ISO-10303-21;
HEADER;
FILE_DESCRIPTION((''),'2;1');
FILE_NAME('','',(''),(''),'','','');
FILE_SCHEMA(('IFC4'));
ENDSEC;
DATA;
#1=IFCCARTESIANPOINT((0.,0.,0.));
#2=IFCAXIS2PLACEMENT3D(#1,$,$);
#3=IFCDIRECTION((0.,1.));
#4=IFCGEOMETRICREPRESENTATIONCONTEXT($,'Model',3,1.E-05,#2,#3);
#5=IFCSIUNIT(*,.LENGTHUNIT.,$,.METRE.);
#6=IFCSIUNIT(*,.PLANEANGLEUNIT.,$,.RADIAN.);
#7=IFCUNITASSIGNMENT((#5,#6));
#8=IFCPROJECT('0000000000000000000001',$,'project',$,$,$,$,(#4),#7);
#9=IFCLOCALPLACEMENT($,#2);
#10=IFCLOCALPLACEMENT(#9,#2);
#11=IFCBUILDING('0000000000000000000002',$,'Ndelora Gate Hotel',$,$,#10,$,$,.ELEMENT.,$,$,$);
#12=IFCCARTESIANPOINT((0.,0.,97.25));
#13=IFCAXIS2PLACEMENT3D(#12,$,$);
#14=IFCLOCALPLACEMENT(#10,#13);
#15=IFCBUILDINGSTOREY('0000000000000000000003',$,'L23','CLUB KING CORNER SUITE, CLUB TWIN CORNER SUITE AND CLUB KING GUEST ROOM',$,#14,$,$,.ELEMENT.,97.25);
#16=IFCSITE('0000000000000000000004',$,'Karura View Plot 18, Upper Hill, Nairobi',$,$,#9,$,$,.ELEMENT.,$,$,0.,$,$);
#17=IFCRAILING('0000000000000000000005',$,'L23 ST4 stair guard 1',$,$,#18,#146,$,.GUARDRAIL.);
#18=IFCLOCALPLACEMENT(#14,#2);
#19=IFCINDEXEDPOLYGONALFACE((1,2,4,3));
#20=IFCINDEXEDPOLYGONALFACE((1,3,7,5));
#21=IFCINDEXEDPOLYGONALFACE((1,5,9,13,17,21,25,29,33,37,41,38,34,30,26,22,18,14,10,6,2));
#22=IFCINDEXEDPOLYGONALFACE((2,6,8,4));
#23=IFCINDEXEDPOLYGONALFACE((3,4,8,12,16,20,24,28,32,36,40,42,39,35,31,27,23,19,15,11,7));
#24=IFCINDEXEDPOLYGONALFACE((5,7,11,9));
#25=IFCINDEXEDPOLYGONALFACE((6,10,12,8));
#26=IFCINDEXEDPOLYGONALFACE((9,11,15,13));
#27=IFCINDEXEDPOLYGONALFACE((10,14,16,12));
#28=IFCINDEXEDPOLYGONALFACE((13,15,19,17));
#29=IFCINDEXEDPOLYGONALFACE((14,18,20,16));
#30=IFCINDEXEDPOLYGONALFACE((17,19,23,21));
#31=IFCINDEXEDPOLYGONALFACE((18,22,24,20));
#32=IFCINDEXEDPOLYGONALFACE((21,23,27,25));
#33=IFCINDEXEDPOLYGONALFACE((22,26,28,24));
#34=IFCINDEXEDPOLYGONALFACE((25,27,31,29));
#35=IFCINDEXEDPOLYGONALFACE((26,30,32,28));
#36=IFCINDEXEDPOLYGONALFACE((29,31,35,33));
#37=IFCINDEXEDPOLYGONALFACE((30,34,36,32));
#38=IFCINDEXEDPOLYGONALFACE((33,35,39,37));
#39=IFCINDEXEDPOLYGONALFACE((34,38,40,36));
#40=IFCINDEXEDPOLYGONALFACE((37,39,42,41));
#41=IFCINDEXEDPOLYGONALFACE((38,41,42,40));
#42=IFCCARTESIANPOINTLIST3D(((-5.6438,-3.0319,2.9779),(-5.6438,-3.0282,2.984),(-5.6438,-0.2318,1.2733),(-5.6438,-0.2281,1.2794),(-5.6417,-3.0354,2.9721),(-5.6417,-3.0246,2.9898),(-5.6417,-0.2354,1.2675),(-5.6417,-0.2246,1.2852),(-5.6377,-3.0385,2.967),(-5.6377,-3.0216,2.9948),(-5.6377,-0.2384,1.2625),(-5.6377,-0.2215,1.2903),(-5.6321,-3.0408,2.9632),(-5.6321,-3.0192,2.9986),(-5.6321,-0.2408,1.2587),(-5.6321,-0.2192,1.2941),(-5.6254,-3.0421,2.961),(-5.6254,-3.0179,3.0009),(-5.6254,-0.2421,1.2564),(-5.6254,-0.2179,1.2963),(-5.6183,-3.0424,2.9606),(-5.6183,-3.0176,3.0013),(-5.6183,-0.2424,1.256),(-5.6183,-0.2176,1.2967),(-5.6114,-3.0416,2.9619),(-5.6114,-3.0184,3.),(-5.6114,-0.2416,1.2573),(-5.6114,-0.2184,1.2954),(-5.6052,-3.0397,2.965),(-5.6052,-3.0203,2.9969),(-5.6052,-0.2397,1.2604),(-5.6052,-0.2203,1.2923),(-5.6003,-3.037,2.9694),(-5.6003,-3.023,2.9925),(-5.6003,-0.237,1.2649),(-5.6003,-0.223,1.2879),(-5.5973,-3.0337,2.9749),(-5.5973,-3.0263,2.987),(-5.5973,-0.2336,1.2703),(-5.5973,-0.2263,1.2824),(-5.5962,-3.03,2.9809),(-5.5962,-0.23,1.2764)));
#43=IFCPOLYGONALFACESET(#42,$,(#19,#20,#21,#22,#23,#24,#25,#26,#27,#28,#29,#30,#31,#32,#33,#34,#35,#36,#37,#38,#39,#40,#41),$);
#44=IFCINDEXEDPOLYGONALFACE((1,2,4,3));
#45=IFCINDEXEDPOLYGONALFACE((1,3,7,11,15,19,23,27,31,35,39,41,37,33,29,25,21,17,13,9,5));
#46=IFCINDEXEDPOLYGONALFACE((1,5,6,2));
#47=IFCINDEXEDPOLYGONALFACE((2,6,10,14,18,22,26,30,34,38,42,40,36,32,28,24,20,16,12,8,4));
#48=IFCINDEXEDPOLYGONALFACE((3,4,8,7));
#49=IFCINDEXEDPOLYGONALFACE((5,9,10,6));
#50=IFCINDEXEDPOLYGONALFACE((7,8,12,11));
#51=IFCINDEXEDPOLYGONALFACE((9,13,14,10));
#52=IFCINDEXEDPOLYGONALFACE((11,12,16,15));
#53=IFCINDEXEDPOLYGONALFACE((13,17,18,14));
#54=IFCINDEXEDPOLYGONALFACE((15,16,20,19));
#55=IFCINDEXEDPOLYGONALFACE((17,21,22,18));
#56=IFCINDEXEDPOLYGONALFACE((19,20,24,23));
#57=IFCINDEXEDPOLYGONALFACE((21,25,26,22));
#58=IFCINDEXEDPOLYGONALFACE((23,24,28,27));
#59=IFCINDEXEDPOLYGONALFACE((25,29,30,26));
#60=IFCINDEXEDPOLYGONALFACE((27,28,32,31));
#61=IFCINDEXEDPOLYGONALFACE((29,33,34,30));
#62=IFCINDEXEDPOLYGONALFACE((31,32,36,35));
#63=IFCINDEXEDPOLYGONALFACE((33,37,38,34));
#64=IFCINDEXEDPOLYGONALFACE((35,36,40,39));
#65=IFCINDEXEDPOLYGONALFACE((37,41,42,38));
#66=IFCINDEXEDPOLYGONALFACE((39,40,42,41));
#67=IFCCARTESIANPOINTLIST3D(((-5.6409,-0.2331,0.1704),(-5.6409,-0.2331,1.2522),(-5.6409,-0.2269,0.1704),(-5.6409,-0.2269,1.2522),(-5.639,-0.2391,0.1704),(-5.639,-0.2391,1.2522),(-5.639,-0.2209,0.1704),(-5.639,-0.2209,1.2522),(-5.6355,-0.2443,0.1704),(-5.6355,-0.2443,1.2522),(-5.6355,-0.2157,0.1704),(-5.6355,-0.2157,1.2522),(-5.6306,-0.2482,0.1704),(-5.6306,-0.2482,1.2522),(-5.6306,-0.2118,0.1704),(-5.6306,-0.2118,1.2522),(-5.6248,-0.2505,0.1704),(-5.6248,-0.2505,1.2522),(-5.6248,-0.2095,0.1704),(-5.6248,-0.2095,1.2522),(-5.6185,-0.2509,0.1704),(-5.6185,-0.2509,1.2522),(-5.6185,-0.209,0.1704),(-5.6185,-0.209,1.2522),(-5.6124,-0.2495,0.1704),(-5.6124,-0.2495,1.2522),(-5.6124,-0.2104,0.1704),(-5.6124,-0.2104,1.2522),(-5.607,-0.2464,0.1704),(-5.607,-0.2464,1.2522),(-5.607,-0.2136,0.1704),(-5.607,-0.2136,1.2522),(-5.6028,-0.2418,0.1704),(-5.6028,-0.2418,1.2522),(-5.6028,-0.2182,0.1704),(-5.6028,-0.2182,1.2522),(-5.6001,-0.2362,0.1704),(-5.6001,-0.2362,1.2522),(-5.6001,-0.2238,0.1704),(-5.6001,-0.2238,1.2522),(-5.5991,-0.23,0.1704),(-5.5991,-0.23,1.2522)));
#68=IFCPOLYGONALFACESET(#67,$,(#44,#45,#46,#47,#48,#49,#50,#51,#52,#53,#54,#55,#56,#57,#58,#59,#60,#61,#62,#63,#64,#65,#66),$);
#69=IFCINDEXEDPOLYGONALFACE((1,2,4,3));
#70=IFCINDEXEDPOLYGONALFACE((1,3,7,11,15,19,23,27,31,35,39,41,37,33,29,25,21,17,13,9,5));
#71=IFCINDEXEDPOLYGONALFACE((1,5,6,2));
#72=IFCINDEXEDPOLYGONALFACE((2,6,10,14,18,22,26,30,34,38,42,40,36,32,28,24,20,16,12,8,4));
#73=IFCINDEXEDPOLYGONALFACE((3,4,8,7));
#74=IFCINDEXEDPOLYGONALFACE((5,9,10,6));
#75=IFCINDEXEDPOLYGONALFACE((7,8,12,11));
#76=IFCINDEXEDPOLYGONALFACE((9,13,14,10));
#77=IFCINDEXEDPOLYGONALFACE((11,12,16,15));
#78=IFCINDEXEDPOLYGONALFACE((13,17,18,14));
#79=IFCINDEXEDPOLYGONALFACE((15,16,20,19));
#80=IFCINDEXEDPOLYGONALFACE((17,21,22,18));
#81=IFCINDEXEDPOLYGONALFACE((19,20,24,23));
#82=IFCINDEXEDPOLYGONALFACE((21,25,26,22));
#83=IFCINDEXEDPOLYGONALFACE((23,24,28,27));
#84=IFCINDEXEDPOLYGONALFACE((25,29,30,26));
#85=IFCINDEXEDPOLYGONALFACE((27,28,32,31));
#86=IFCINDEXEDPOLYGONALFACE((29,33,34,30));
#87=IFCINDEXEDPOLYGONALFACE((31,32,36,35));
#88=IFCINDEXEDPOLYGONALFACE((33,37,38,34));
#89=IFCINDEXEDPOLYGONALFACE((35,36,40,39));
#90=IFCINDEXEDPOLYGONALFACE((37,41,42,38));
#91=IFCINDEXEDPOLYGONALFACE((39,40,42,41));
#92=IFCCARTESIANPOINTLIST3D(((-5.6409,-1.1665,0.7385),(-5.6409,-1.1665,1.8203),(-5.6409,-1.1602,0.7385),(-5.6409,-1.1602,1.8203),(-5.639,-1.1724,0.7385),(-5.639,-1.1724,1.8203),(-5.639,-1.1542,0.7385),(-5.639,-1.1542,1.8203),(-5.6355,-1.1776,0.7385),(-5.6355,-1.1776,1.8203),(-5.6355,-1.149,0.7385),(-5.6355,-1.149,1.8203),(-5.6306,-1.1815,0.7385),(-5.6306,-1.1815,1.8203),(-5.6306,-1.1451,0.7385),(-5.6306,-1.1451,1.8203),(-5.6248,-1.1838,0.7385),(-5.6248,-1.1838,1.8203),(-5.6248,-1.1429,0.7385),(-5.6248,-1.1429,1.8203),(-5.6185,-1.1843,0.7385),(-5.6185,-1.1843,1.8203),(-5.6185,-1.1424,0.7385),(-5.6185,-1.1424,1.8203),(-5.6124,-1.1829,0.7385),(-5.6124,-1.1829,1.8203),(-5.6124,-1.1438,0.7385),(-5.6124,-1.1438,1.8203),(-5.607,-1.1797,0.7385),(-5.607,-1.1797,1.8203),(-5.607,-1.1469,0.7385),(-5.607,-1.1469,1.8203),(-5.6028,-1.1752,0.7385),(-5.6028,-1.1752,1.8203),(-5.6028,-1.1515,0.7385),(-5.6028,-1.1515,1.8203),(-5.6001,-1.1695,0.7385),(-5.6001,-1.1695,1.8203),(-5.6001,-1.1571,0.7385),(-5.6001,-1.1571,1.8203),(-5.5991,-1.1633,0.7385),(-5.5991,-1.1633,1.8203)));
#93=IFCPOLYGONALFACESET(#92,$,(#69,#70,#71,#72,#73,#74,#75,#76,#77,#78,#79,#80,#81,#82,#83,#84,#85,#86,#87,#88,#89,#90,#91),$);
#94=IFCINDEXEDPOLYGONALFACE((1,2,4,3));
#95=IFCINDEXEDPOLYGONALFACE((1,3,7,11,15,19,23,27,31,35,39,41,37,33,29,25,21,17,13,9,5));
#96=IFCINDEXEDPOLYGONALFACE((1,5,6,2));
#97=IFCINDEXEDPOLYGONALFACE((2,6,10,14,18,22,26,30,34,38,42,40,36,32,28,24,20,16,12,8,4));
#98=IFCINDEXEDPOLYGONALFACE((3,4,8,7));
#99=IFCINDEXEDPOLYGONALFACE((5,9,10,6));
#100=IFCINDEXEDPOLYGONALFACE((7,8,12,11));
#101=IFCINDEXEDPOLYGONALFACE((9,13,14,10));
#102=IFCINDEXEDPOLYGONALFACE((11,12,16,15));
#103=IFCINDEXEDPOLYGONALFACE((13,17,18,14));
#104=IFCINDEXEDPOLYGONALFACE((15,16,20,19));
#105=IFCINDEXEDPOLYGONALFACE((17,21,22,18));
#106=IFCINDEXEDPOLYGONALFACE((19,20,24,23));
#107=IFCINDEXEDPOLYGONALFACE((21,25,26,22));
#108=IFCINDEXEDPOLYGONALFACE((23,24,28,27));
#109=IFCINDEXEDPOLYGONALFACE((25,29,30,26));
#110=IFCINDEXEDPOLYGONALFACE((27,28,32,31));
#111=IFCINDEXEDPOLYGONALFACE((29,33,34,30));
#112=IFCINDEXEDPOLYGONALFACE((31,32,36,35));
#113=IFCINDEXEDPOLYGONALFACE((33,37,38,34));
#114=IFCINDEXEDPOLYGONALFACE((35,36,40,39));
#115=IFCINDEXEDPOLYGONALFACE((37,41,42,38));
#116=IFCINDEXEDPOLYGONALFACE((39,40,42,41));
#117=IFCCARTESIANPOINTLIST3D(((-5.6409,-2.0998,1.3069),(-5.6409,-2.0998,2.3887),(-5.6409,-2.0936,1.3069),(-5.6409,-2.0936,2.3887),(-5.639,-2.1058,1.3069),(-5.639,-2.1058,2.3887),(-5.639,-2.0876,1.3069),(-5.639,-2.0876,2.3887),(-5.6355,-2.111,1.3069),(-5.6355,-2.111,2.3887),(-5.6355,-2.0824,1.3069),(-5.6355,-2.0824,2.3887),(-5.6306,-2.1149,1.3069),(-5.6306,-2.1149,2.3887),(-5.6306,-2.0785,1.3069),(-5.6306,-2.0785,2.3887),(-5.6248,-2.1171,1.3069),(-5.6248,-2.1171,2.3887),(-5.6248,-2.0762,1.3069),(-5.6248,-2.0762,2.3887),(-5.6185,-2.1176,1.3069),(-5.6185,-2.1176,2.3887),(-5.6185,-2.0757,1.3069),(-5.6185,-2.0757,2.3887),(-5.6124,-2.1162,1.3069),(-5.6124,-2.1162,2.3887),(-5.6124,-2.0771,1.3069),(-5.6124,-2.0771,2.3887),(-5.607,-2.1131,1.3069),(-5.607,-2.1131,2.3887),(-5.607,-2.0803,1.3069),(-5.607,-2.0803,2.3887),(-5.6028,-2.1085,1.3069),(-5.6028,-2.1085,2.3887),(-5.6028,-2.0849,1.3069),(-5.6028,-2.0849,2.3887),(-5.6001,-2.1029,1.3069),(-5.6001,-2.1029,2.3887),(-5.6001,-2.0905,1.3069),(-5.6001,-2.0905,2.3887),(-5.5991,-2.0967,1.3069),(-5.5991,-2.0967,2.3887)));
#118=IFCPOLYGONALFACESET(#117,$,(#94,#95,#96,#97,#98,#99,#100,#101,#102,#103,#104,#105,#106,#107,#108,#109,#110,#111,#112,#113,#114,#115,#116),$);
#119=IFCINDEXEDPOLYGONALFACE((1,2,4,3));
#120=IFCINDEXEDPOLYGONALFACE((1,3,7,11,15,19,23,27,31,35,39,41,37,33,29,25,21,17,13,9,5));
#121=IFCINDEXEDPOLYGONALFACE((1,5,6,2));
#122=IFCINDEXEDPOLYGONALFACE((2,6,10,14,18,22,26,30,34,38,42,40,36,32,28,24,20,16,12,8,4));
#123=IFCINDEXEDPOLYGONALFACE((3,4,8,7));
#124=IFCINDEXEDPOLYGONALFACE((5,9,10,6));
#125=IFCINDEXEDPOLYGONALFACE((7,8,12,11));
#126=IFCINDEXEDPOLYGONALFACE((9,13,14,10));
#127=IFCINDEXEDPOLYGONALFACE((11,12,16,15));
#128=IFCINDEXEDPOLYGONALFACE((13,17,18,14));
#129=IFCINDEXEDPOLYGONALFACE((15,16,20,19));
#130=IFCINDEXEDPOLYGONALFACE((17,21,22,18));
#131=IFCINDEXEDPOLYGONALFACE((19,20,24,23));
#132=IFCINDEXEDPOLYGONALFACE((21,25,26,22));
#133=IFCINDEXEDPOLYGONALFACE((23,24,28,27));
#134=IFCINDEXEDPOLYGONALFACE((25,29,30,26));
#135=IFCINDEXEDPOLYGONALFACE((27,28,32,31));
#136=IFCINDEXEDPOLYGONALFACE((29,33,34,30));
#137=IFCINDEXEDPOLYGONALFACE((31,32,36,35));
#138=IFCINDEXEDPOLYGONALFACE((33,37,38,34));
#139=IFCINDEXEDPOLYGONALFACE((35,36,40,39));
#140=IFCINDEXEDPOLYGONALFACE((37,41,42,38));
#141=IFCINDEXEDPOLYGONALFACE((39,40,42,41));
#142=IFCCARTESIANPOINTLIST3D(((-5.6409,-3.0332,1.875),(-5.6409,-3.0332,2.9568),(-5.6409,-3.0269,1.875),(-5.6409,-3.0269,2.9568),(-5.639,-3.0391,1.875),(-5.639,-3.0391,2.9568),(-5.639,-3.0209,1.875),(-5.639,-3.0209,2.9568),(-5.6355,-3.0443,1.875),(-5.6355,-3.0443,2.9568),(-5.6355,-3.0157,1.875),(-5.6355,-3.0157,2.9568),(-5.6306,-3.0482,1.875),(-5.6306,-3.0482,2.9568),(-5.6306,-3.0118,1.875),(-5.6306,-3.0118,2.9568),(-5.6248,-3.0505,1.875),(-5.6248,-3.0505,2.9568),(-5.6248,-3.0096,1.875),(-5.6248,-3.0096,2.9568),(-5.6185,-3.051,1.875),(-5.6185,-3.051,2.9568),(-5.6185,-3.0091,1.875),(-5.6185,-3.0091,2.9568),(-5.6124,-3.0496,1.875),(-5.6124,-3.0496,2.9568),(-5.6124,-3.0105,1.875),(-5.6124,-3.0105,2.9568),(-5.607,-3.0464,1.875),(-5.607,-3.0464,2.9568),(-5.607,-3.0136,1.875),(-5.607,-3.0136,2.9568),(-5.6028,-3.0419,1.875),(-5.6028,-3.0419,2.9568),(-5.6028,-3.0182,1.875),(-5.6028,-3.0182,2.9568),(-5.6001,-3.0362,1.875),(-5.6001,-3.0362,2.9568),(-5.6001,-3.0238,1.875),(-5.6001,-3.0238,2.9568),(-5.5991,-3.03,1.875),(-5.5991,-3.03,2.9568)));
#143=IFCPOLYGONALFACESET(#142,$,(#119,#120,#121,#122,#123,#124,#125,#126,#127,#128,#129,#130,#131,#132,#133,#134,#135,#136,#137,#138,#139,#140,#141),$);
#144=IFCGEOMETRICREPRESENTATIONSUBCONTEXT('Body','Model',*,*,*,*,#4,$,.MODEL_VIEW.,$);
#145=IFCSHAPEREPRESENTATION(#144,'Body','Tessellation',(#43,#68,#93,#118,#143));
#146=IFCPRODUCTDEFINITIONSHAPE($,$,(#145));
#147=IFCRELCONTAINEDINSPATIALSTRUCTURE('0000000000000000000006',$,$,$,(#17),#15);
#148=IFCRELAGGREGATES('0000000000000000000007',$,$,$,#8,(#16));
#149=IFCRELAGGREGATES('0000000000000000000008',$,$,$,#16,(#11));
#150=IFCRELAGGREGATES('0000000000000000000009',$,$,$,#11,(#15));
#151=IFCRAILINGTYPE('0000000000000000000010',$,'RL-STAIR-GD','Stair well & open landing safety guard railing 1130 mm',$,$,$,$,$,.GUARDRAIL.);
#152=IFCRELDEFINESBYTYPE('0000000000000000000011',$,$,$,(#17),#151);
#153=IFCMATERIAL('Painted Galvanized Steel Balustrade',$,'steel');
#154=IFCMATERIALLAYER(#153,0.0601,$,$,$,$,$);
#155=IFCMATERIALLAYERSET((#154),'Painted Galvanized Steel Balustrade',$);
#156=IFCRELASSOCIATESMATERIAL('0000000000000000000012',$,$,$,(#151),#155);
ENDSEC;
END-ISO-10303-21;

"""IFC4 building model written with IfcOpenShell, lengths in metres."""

from ifc_helpers import new_model, si_unit, direction, frame, origin, origin_2d, place, context, subcontext, project, spatial, circle, extrude, material, layer, layer_set, type_object, element, save


model = new_model("IFC4")

# Units and contexts
model_context = context("Model", 3, precision=1e-05, world=origin(), true_north=direction((0.0, 1.0)))
body_context = subcontext(model_context, "Body", "Model", "MODEL_VIEW")
ifc_project = project(units=[si_unit("LENGTHUNIT", "METRE"), si_unit("PLANEANGLEUNIT", "RADIAN")], contexts=[model_context])

# Site, building, storey
site_placement = place(None, origin())
site = spatial("IfcSite", under=ifc_project, at=site_placement, Name="Karura View Plot 18, Upper Hill, Nairobi", CompositionType="ELEMENT", RefElevation=0.0)
building_placement = place(site_placement, origin())
building = spatial("IfcBuilding", under=site, at=building_placement, Name="Ndelora Gate Hotel", CompositionType="ELEMENT")
storey_placement = place(building_placement, frame((0.0, 0.0, 97.25)))
storey = spatial("IfcBuildingStorey", under=building, at=storey_placement, Name="L23", Description="CLUB KING CORNER SUITE, CLUB TWIN CORNER SUITE AND CLUB KING GUEST ROOM", CompositionType="ELEMENT", Elevation=97.25)

# Railing
ifc_material_1 = material(Name="Painted Galvanized Steel Balustrade", Category="steel")
ifc_layer_1 = layer(ifc_material_1, 0.0601)
ifc_layer_set_1 = layer_set([ifc_layer_1], Name="Painted Galvanized Steel Balustrade")
railing_type_1 = type_object("IfcRailingType", Name="RL-STAIR-GD", Description="Stair well & open landing safety guard railing 1130 mm", PredefinedType="GUARDRAIL", material=ifc_layer_set_1)
railing_1_placement = place(storey_placement, frame((-5.6201, -0.23, 0.1704)))
element("IfcRailing", 1, at=railing_1_placement, inside=storey, type_object=railing_type_1, Name="L23 ST4 stair guard 1", PredefinedType="GUARDRAIL", context=body_context, shape_type="SweptSolid", body=[
    extrude(circle(Radius=0.0239, at=origin_2d()), frame((0.0, 0.0, 1.106), z_axis=(0.0, -0.85417, 0.519994), x_axis=(1.0, 0.0, 0.0)), (0.0, 0.0, 1.0), 3.2781),
    extrude(circle(Radius=0.021, at=origin_2d()), origin(), (0.0, 0.0, 1.0), 1.0818),
    extrude(circle(Radius=0.021, at=origin_2d()), frame((0.0, -0.9333, 0.5681)), (0.0, 0.0, 1.0), 1.0818),
    extrude(circle(Radius=0.021, at=origin_2d()), frame((0.0, -1.8667, 1.1365)), (0.0, 0.0, 1.0), 1.0818),
    extrude(circle(Radius=0.021, at=origin_2d()), frame((0.0, -2.8, 1.7046)), (0.0, 0.0, 1.0), 1.0818),
])

save(model, "model.ifc")
